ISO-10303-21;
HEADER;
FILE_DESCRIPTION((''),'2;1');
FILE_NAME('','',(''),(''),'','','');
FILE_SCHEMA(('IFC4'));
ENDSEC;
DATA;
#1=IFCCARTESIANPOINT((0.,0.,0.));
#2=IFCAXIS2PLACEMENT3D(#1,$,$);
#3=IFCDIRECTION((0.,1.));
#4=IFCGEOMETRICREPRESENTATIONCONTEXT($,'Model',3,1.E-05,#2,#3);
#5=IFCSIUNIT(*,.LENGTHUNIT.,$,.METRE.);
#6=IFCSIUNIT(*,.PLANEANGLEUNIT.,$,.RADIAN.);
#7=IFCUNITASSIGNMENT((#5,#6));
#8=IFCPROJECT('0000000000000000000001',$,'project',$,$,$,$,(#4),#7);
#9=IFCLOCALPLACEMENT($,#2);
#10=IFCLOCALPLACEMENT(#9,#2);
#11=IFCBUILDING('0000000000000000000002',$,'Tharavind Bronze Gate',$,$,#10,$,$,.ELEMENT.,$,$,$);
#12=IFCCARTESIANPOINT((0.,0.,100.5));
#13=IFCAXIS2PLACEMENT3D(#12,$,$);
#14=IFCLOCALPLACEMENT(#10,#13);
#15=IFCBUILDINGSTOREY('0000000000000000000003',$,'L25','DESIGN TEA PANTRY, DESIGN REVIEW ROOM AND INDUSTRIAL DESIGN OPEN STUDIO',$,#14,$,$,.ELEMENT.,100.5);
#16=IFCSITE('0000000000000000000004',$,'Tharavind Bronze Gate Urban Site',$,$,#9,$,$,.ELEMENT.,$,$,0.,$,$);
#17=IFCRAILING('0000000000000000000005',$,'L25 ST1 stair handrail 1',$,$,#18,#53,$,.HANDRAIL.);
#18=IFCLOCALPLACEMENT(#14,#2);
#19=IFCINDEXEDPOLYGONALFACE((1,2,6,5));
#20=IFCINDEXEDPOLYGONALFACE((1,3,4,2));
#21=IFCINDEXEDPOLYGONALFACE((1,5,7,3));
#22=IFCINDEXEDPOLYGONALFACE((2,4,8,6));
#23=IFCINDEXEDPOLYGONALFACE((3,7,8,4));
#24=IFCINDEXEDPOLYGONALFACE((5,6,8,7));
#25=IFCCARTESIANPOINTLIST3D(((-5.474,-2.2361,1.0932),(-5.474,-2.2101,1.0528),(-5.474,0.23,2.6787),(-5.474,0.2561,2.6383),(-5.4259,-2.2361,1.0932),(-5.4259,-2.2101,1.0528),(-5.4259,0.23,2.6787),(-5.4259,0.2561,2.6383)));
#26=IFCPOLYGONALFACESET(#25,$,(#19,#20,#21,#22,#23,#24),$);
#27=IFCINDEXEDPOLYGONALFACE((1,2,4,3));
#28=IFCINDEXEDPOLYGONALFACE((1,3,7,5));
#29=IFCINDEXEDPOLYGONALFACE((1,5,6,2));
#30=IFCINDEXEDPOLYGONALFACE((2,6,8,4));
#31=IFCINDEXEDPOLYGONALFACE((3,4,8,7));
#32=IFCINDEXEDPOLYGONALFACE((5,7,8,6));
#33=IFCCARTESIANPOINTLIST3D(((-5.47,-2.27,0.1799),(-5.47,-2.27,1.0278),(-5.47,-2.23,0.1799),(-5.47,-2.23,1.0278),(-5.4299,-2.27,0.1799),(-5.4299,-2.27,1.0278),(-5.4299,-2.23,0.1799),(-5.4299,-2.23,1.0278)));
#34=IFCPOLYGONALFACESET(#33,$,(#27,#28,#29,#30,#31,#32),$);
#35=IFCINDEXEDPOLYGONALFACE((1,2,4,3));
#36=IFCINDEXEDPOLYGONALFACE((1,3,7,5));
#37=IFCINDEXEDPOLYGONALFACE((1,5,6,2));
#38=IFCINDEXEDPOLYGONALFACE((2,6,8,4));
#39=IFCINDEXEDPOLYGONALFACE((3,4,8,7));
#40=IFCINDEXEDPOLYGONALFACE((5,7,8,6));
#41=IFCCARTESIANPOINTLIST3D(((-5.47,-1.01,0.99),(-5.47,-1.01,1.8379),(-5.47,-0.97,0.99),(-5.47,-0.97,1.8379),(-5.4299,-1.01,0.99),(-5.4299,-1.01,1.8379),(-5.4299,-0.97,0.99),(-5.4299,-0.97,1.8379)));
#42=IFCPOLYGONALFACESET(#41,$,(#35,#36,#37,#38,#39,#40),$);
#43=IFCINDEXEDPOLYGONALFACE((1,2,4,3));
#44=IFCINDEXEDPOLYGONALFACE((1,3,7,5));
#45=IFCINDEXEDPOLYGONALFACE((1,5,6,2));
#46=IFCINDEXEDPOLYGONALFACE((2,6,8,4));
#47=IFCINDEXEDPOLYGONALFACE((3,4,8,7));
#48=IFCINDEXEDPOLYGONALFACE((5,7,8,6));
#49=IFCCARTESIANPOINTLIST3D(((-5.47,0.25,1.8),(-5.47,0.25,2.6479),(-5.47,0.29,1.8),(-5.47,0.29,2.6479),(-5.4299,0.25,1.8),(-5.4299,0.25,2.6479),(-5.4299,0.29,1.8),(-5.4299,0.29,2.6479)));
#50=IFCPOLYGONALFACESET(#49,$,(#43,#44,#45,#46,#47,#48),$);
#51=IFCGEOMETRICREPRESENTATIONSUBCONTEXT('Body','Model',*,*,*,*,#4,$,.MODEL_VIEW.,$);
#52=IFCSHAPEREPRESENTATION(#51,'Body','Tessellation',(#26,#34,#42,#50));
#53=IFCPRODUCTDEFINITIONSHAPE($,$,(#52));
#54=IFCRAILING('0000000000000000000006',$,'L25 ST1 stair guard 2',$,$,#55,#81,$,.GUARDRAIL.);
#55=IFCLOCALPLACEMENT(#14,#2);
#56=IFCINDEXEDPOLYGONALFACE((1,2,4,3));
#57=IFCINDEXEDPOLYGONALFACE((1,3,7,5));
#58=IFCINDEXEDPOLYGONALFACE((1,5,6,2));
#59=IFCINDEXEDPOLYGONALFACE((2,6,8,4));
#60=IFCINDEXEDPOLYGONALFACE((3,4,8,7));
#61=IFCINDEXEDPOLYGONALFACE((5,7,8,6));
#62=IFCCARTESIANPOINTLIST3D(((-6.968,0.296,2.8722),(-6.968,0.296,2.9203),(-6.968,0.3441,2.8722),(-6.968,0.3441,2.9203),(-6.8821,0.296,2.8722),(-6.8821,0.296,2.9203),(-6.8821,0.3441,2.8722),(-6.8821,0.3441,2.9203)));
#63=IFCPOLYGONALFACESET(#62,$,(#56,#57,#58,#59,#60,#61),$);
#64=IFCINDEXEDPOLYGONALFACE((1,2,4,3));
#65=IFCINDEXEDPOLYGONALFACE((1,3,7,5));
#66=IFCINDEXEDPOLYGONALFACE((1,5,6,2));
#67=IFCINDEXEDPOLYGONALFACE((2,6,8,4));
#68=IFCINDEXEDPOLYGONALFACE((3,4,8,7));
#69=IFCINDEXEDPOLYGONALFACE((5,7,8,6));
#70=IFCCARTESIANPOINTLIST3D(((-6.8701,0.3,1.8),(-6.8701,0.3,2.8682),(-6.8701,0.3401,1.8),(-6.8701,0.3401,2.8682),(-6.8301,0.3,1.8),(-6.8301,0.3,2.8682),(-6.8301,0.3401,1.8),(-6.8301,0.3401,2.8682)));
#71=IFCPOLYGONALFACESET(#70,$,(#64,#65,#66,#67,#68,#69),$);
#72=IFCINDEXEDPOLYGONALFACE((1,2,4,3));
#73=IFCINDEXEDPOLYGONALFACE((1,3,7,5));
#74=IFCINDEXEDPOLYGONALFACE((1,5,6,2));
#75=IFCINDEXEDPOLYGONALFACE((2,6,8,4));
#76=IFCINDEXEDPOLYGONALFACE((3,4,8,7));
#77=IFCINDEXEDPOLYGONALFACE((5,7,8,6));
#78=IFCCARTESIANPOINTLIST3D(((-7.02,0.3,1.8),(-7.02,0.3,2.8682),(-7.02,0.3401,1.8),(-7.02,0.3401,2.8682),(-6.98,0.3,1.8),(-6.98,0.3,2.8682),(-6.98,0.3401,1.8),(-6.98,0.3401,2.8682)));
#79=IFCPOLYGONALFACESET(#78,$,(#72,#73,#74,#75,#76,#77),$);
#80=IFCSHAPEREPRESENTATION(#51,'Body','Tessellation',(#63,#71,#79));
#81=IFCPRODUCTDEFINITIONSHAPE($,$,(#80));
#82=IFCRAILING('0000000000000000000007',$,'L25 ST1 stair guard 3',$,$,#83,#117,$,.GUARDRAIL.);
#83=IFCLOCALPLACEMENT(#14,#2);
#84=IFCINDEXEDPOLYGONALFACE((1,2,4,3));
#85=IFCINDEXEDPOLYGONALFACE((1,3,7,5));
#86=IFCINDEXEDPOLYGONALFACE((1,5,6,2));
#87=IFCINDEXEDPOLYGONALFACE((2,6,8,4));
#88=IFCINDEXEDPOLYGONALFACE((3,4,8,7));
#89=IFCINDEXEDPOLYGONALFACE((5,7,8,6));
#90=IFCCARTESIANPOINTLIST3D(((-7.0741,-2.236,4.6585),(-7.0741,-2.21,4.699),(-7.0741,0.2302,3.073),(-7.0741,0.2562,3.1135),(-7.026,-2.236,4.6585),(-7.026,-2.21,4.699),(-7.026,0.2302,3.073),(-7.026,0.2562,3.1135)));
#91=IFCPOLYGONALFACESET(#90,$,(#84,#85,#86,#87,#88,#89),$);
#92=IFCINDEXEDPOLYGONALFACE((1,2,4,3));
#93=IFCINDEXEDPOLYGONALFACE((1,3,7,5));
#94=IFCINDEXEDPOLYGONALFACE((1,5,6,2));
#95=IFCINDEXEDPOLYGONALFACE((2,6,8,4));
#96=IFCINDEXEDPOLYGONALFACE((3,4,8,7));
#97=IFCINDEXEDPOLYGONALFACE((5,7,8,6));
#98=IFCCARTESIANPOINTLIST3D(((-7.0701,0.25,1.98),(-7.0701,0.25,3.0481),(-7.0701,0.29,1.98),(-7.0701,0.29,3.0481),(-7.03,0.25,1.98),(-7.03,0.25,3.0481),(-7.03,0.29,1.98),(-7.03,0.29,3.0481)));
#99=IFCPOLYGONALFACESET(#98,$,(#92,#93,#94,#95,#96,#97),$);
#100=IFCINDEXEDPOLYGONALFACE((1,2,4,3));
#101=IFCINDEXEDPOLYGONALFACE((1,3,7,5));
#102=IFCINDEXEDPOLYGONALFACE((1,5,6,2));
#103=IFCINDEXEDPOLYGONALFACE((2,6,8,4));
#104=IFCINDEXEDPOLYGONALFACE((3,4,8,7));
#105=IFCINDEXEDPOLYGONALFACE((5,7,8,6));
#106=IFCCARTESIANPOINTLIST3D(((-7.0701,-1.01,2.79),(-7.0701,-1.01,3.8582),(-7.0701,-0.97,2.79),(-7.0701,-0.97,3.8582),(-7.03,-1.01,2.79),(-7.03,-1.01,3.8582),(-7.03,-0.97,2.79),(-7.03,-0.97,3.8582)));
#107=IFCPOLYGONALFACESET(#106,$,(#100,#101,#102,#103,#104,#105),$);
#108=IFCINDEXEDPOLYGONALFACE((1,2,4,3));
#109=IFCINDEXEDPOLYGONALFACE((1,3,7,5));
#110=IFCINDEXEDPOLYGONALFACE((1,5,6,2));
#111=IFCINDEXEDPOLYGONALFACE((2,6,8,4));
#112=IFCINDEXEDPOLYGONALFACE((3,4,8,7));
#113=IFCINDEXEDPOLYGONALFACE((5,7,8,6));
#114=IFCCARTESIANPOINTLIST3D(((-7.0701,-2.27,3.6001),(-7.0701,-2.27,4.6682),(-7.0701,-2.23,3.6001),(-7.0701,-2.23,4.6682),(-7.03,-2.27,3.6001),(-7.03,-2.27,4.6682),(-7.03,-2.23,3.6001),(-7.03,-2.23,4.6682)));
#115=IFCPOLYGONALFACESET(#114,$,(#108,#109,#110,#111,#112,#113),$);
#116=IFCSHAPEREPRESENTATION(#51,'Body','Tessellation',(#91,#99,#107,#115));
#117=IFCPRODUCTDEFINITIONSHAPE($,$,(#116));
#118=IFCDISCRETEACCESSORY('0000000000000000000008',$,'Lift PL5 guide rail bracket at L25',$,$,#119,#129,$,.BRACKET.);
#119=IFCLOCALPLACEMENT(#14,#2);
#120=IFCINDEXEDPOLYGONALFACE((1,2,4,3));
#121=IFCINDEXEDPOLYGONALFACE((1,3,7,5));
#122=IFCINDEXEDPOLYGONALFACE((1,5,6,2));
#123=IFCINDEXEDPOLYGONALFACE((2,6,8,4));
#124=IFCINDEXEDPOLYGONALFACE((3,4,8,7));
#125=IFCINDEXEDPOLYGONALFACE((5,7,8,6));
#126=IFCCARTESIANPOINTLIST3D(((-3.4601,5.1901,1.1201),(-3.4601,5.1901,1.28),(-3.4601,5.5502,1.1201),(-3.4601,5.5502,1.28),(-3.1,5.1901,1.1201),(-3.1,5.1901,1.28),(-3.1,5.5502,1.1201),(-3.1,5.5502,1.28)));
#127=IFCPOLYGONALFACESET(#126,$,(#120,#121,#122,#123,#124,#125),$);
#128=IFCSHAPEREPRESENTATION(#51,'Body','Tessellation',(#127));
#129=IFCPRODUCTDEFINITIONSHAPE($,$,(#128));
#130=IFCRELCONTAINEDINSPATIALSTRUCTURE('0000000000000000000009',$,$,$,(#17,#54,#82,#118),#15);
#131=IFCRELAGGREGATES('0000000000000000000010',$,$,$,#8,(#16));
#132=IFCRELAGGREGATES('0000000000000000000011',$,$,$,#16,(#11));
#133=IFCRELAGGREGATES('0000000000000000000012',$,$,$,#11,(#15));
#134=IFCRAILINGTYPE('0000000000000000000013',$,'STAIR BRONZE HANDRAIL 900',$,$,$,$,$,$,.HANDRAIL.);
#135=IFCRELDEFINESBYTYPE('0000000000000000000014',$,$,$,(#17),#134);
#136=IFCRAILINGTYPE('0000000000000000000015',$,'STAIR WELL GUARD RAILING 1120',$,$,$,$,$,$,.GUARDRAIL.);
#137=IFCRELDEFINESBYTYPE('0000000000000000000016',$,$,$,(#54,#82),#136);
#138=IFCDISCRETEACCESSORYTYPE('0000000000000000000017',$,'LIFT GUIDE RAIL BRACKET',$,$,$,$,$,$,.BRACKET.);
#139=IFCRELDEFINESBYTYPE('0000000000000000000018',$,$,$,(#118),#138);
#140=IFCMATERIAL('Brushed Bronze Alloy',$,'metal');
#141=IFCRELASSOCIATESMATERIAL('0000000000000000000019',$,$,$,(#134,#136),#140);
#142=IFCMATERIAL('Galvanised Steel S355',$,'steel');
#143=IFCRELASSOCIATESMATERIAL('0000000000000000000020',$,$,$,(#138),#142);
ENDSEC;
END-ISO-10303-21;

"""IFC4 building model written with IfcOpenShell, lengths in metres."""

from ifc_helpers import new_model, si_unit, direction, frame, origin, origin_2d, place, context, subcontext, project, spatial, rectangle, extrude, material, type_object, element, save


model = new_model("IFC4")

# Units and contexts
model_context = context("Model", 3, precision=1e-05, world=origin(), true_north=direction((0.0, 1.0)))
body_context = subcontext(model_context, "Body", "Model", "MODEL_VIEW")
ifc_project = project(units=[si_unit("LENGTHUNIT", "METRE"), si_unit("PLANEANGLEUNIT", "RADIAN")], contexts=[model_context])

# Site, building, storey
site_placement = place(None, origin())
site = spatial("IfcSite", under=ifc_project, at=site_placement, Name="Tharavind Bronze Gate Urban Site", CompositionType="ELEMENT", RefElevation=0.0)
building_placement = place(site_placement, origin())
building = spatial("IfcBuilding", under=site, at=building_placement, Name="Tharavind Bronze Gate", CompositionType="ELEMENT")
storey_placement = place(building_placement, frame((0.0, 0.0, 100.5)))
storey = spatial("IfcBuildingStorey", under=building, at=storey_placement, Name="L25", Description="DESIGN TEA PANTRY, DESIGN REVIEW ROOM AND INDUSTRIAL DESIGN OPEN STUDIO", CompositionType="ELEMENT", Elevation=100.5)

# Railings
ifc_material_1 = material(Name="Brushed Bronze Alloy", Category="metal")
railing_type_1 = type_object("IfcRailingType", Name="STAIR BRONZE HANDRAIL 900", PredefinedType="HANDRAIL", material=ifc_material_1)
railing_1_placement = place(storey_placement, frame((-5.45, -2.25, 0.1799)))
element("IfcRailing", 1, at=railing_1_placement, inside=storey, type_object=railing_type_1, Name="L25 ST1 stair handrail 1", PredefinedType="HANDRAIL", context=body_context, shape_type="SweptSolid", body=[
    extrude(rectangle(XDim=0.0481, YDim=0.0481, at=origin_2d()), frame((0.0, 0.0269, 0.8931), z_axis=(0.0, 0.841163, 0.540782), x_axis=(-1.0, 0.0, 0.0)), (0.0, 0.0, 1.0), 2.9319),
    extrude(rectangle(XDim=0.04, YDim=0.04, at=origin_2d()), origin(), (0.0, 0.0, 1.0), 0.8479),
    extrude(rectangle(XDim=0.04, YDim=0.04, at=origin_2d()), frame((0.0, 1.26, 0.8101)), (0.0, 0.0, 1.0), 0.8479),
    extrude(rectangle(XDim=0.04, YDim=0.04, at=origin_2d()), frame((0.0, 2.52, 1.6201)), (0.0, 0.0, 1.0), 0.8479),
])
railing_type_2 = type_object("IfcRailingType", Name="STAIR WELL GUARD RAILING 1120", PredefinedType="GUARDRAIL", material=ifc_material_1)
railing_2_placement = place(storey_placement, frame((-6.8501, 0.3201, 1.8)))
element("IfcRailing", 2, at=railing_2_placement, inside=storey, type_object=railing_type_2, Name="L25 ST1 stair guard 2", PredefinedType="GUARDRAIL", context=body_context, shape_type="SweptSolid", body=[
    extrude(rectangle(XDim=0.0481, YDim=0.0481, at=origin_2d()), frame((-0.032, 0.0, 1.0962), z_axis=(-1.0, 0.0, 0.0), x_axis=(0.0, -1.0, 0.0)), (0.0, 0.0, 1.0), 0.0859),
    extrude(rectangle(XDim=0.04, YDim=0.04, at=origin_2d()), origin(), (0.0, 0.0, 1.0), 1.0681),
    extrude(rectangle(XDim=0.04, YDim=0.04, at=origin_2d()), frame((-0.1499, 0.0, 0.0)), (0.0, 0.0, 1.0), 1.0681),
])
railing_3_placement = place(storey_placement, frame((-7.05, 0.27, 1.98)))
element("IfcRailing", 3, at=railing_3_placement, inside=storey, type_object=railing_type_2, Name="L25 ST1 stair guard 3", PredefinedType="GUARDRAIL", context=body_context, shape_type="SweptSolid", body=[
    extrude(rectangle(XDim=0.0481, YDim=0.0481, at=origin_2d()), frame((0.0, -0.0269, 1.1133), z_axis=(0.0, -0.841163, 0.540782), x_axis=(1.0, 0.0, 0.0)), (0.0, 0.0, 1.0), 2.9319),
    extrude(rectangle(XDim=0.04, YDim=0.04, at=origin_2d()), origin(), (0.0, 0.0, 1.0), 1.0681),
    extrude(rectangle(XDim=0.04, YDim=0.04, at=origin_2d()), frame((0.0, -1.26, 0.8101)), (0.0, 0.0, 1.0), 1.0681),
    extrude(rectangle(XDim=0.04, YDim=0.04, at=origin_2d()), frame((0.0, -2.52, 1.6201)), (0.0, 0.0, 1.0), 1.0681),
])

# Discrete accessory
ifc_material_2 = material(Name="Galvanised Steel S355", Category="steel")
discrete_accessory_type = type_object("IfcDiscreteAccessoryType", Name="LIFT GUIDE RAIL BRACKET", PredefinedType="BRACKET", material=ifc_material_2)
discrete_accessory_placement = place(storey_placement, frame((-3.28, 5.3701, 1.1201), z_axis=(0.0, 0.0, 1.0), x_axis=(1.0, 0.0, 0.0)))
element("IfcDiscreteAccessory", 4, at=discrete_accessory_placement, inside=storey, type_object=discrete_accessory_type, Name="Lift PL5 guide rail bracket at L25", PredefinedType="BRACKET", context=body_context, shape_type="SweptSolid", body=[
    extrude(rectangle(XDim=0.3601, YDim=0.3601, at=origin_2d()), origin(), (0.0, 0.0, 1.0), 0.1599),
])

save(model, "model.ifc")
